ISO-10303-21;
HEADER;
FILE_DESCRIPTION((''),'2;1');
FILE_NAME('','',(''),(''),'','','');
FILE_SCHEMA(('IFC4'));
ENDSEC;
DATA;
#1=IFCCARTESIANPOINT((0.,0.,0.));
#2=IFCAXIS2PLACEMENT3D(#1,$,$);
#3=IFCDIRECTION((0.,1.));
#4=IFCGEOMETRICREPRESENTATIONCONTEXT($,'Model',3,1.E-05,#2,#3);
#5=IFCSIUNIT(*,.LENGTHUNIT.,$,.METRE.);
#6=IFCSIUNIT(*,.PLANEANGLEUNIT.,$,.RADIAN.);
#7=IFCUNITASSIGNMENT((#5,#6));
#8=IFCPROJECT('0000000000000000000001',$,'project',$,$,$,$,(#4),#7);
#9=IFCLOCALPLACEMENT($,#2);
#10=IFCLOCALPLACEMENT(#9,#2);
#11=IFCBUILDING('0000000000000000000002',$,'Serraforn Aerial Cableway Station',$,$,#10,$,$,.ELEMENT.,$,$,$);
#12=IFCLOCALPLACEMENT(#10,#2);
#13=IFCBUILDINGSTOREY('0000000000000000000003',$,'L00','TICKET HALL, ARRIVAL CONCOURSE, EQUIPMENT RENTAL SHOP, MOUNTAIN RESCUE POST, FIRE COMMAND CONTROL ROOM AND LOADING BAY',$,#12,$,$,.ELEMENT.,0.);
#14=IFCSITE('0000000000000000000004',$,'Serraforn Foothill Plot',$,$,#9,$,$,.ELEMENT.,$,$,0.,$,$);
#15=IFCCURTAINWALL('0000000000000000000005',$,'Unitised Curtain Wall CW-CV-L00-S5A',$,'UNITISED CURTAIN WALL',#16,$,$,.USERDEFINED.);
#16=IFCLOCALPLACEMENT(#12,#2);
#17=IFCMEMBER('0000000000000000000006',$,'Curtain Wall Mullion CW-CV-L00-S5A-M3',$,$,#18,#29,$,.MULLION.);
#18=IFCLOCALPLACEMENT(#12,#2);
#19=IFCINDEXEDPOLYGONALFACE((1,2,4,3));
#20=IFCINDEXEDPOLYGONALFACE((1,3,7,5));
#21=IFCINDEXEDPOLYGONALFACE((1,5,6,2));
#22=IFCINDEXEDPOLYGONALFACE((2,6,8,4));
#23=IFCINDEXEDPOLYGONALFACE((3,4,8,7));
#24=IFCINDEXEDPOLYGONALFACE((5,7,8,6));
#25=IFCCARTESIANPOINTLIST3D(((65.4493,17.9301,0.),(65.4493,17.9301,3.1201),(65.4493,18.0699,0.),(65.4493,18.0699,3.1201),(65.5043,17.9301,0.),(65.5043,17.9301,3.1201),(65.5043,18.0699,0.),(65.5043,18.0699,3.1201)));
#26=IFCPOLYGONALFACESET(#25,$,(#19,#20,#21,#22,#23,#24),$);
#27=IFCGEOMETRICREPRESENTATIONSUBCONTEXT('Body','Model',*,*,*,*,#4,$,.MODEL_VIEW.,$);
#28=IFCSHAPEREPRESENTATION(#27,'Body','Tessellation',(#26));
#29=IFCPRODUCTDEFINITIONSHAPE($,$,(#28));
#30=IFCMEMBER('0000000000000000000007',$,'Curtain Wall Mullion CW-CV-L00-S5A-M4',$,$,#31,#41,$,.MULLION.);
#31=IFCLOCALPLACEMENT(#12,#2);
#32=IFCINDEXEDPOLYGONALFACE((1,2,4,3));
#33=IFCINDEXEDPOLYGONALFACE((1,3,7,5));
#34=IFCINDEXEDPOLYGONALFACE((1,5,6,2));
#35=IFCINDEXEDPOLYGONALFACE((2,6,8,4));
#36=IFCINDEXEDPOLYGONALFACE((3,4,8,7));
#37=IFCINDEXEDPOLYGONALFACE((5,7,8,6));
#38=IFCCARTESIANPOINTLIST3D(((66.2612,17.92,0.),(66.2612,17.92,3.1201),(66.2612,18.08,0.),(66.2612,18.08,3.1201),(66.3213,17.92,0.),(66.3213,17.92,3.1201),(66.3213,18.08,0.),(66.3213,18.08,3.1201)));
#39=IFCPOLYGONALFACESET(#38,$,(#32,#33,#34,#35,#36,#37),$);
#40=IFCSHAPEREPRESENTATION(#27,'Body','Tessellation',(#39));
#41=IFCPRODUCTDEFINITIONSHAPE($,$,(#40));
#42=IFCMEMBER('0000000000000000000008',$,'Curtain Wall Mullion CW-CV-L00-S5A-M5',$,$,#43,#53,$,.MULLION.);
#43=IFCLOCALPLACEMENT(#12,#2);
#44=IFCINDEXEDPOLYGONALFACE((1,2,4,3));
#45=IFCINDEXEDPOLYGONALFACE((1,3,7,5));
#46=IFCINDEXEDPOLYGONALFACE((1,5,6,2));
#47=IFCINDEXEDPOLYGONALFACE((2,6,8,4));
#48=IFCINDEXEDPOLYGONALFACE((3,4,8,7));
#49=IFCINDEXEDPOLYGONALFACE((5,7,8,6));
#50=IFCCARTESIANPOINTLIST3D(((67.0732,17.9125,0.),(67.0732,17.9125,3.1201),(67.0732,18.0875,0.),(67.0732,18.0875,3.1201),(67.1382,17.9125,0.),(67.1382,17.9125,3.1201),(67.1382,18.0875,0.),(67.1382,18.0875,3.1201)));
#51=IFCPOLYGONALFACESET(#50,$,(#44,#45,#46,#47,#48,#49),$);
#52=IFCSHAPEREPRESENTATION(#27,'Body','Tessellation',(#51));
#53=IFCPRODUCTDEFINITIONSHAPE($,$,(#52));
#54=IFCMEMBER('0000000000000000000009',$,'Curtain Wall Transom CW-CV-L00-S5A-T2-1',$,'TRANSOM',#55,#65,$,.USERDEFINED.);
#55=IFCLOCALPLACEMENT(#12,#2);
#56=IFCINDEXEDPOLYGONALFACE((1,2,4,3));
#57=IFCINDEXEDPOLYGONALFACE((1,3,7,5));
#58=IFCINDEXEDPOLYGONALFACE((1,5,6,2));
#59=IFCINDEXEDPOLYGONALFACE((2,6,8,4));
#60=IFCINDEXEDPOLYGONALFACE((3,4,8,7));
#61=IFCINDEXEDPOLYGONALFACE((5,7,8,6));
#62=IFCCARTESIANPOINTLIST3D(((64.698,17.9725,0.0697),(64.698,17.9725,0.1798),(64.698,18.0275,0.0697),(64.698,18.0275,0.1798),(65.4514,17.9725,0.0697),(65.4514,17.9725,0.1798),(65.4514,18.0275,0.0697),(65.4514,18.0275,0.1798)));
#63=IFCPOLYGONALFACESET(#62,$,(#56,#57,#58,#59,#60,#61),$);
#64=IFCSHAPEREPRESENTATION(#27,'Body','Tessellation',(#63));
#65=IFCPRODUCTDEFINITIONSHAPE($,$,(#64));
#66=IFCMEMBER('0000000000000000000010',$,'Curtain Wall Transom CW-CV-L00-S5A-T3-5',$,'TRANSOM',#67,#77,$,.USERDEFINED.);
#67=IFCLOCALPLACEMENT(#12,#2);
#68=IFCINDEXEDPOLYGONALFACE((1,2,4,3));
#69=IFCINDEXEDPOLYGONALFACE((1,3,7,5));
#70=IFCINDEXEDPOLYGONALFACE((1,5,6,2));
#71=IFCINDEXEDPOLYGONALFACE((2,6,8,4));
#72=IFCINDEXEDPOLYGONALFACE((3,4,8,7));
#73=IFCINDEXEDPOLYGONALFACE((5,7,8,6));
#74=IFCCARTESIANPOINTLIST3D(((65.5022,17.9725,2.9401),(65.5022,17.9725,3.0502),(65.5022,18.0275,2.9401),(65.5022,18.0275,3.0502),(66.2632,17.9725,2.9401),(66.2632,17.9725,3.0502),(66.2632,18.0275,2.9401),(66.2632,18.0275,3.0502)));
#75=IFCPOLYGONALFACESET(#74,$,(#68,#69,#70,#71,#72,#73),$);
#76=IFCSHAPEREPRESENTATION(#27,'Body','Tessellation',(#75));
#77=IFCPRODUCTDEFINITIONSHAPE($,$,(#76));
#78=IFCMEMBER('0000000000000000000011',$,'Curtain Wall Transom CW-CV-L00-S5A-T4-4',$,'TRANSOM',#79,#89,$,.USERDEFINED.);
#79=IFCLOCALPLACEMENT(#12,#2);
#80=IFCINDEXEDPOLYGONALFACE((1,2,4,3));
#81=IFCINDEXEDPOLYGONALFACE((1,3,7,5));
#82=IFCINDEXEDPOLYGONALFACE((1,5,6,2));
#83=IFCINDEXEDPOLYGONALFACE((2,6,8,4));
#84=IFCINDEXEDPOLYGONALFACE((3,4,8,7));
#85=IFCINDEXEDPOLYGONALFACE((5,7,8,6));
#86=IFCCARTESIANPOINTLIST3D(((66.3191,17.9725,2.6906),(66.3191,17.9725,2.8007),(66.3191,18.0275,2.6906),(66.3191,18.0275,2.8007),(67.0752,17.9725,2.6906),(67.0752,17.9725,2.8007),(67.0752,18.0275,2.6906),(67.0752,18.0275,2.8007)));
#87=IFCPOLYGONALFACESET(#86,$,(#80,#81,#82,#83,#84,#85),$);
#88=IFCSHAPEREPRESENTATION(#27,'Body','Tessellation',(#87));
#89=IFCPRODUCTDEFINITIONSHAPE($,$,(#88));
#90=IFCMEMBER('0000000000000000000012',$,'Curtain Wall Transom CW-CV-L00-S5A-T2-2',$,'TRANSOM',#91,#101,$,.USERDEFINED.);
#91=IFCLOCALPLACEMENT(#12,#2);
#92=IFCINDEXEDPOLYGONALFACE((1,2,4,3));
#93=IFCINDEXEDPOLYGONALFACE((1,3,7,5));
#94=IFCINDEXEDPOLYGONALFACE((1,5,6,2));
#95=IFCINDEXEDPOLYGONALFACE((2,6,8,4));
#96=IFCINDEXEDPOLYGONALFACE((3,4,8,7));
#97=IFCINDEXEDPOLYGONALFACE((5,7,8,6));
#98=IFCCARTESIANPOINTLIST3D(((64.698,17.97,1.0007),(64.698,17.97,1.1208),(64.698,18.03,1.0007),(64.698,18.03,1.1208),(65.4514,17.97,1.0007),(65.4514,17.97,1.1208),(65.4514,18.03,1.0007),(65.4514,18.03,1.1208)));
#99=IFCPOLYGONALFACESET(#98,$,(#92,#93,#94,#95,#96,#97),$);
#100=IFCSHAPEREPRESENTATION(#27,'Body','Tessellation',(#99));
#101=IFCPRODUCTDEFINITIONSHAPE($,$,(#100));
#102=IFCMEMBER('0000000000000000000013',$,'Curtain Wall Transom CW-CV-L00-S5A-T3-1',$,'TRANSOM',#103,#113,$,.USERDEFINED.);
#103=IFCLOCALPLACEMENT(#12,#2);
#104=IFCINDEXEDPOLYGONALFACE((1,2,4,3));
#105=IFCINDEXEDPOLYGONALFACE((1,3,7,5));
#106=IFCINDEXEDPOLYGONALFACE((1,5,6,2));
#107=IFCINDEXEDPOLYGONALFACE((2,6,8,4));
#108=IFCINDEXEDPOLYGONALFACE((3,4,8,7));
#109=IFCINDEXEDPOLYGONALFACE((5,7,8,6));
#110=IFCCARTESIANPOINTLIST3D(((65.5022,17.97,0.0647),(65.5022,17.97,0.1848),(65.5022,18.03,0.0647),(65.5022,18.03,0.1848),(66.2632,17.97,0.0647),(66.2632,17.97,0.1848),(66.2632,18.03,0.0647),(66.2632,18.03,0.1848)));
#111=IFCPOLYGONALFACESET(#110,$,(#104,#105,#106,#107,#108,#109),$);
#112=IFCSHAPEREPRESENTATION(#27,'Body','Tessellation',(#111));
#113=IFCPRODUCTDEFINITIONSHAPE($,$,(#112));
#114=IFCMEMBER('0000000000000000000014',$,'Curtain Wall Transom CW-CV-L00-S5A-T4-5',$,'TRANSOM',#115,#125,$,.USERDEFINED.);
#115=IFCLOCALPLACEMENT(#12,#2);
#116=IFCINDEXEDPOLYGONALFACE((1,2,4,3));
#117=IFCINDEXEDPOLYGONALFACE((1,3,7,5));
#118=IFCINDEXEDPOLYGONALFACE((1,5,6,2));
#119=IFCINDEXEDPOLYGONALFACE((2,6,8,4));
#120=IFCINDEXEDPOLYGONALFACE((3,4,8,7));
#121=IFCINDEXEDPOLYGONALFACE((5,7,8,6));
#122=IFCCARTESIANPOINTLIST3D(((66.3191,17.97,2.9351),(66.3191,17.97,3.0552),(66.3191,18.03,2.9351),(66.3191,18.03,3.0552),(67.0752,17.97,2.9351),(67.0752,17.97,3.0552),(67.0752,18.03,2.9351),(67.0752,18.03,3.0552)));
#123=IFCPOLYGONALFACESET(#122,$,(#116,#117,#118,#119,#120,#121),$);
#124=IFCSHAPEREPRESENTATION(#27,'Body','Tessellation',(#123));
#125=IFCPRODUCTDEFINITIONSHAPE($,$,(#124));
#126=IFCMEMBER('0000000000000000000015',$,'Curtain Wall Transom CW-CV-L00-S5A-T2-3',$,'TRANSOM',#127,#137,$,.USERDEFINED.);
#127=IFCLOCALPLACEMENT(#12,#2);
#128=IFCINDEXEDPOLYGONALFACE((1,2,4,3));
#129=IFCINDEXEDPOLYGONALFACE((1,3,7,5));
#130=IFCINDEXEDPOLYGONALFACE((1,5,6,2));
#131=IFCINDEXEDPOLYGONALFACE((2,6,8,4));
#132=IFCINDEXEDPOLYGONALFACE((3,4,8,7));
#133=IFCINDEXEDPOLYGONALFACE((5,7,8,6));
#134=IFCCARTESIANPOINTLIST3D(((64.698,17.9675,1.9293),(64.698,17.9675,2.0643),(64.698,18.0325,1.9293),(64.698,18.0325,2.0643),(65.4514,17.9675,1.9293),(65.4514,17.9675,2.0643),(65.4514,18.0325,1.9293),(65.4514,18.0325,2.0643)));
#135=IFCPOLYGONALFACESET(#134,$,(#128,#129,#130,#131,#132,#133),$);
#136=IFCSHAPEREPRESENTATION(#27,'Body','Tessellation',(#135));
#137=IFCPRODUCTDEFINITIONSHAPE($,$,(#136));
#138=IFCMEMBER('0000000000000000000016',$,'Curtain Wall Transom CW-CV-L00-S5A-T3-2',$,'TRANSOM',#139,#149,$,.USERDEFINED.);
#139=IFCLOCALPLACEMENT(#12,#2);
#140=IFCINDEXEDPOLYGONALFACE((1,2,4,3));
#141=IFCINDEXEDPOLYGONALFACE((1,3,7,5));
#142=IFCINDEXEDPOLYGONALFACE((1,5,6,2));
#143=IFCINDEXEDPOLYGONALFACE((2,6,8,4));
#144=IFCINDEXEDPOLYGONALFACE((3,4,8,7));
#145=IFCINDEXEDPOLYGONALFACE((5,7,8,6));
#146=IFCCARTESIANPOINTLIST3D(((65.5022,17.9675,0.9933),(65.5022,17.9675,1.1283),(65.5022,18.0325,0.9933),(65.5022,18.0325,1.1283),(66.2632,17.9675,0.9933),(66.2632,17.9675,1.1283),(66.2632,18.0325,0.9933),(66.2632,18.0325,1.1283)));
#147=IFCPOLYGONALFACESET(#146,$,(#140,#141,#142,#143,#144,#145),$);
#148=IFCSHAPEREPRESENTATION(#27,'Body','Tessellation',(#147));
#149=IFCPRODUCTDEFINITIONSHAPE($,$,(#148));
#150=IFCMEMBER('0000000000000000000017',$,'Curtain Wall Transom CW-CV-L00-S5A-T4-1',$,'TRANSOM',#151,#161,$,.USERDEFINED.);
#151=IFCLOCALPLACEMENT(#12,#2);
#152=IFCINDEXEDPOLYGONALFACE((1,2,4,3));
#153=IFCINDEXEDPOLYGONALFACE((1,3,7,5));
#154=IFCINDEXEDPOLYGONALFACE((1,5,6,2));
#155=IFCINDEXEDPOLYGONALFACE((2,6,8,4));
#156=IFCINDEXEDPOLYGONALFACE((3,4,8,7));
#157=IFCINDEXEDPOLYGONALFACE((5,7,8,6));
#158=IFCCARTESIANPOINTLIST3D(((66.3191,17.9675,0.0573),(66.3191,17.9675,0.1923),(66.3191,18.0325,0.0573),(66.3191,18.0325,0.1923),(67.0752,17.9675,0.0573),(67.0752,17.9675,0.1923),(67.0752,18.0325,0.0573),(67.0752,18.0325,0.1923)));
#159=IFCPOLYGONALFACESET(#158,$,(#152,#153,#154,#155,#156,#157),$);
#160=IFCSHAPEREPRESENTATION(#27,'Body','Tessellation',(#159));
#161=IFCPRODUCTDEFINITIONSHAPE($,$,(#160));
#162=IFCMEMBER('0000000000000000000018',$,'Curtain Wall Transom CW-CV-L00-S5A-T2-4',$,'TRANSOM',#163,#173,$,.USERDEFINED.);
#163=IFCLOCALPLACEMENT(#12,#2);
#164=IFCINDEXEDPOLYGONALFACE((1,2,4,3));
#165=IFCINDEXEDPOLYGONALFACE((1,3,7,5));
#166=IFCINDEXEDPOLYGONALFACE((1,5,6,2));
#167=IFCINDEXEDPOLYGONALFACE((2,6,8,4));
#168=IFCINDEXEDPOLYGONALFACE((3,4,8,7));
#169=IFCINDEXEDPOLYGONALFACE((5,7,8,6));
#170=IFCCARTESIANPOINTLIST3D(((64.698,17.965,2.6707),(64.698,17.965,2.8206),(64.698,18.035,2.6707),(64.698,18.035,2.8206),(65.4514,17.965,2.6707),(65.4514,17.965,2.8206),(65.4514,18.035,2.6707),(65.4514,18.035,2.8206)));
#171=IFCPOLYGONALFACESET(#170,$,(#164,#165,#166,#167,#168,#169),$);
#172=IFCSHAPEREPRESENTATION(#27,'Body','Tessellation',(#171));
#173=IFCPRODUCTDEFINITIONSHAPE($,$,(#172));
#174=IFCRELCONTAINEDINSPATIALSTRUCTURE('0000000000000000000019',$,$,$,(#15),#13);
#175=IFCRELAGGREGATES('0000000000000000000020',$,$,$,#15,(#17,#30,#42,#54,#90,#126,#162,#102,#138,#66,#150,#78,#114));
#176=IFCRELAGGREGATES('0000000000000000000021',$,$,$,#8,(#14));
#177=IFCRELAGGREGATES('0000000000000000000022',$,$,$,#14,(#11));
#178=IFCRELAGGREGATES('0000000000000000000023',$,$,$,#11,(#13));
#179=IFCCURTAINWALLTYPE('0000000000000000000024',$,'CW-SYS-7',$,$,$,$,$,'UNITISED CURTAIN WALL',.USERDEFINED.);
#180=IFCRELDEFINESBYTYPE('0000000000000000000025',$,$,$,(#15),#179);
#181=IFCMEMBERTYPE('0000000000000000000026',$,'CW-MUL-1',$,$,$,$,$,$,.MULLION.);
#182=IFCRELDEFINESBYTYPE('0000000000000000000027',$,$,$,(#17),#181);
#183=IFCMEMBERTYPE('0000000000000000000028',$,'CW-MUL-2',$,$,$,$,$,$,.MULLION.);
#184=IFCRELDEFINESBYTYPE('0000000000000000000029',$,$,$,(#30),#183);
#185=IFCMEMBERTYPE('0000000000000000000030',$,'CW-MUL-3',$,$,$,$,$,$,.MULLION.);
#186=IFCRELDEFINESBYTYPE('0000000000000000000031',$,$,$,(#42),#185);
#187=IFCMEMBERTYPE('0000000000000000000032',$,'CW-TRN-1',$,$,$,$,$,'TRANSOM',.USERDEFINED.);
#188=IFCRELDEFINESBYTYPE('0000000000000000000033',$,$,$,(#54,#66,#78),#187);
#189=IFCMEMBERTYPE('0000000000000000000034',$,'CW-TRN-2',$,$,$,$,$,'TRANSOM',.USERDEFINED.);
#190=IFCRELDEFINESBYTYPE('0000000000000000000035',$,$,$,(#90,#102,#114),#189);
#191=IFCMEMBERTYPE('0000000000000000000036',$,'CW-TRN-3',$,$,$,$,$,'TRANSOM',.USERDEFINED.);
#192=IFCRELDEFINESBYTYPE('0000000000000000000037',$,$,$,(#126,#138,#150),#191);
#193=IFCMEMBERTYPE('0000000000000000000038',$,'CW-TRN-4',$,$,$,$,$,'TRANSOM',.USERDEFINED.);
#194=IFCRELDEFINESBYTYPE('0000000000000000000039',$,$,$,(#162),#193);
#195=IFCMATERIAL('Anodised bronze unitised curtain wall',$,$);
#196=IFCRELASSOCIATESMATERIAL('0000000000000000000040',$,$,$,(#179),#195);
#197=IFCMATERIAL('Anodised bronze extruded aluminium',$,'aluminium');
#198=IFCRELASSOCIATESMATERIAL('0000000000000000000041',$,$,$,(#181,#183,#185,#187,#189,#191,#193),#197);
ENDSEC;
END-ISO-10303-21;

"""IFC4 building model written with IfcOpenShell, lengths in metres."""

from ifc_helpers import new_model, si_unit, direction, frame, origin, origin_2d, place, context, subcontext, project, spatial, rectangle, extrude, material, material_profile, profile_set, type_object, element, aggregate, save


model = new_model("IFC4")

# Units and contexts
model_context = context("Model", 3, precision=1e-05, world=origin(), true_north=direction((0.0, 1.0)))
body_context = subcontext(model_context, "Body", "Model", "MODEL_VIEW")
ifc_project = project(units=[si_unit("LENGTHUNIT", "METRE"), si_unit("PLANEANGLEUNIT", "RADIAN")], contexts=[model_context])

# Site, building, storey
site_placement = place(None, origin())
site = spatial("IfcSite", under=ifc_project, at=site_placement, Name="Serraforn Foothill Plot", CompositionType="ELEMENT", RefElevation=0.0)
building_placement = place(site_placement, origin())
building = spatial("IfcBuilding", under=site, at=building_placement, Name="Serraforn Aerial Cableway Station", CompositionType="ELEMENT")
storey_placement = place(building_placement, origin())
storey = spatial("IfcBuildingStorey", under=building, at=storey_placement, Name="L00", Description="TICKET HALL, ARRIVAL CONCOURSE, EQUIPMENT RENTAL SHOP, MOUNTAIN RESCUE POST, FIRE COMMAND CONTROL ROOM AND LOADING BAY", CompositionType="ELEMENT", Elevation=0.0)

# Curtain wall, members
ifc_material_1 = material(Name="Anodised bronze unitised curtain wall")
curtain_wall_type = type_object("IfcCurtainWallType", Name="CW-SYS-7", ElementType="UNITISED CURTAIN WALL", PredefinedType="USERDEFINED", material=ifc_material_1)
curtain_wall_placement = place(storey_placement, origin())
curtain_wall = element("IfcCurtainWall", 1, at=curtain_wall_placement, inside=storey, type_object=curtain_wall_type, Name="Unitised Curtain Wall CW-CV-L00-S5A", ObjectType="UNITISED CURTAIN WALL", PredefinedType="USERDEFINED")
ifc_material_2 = material(Name="Anodised bronze extruded aluminium", Category="aluminium")
ifc_material_profile_1 = material_profile(ifc_material_2, rectangle(XDim=0.0549, YDim=0.1399, at=origin_2d()), Name="CW MULLION 55x140")
ifc_profile_set_1 = profile_set([ifc_material_profile_1], Name="Anodised bronze extruded aluminium")
member_type_1 = type_object("IfcMemberType", Name="CW-MUL-1", PredefinedType="MULLION", material=ifc_profile_set_1)
member_1_placement = place(storey_placement, frame((65.4768, 18.0, 0.0), z_axis=(0.0, 0.0, 1.0), x_axis=(1.0, 0.0, 0.0)))
member_1 = element("IfcMember", 2, at=member_1_placement, type_object=member_type_1, Name="Curtain Wall Mullion CW-CV-L00-S5A-M3", PredefinedType="MULLION", context=body_context, shape_type="SweptSolid", body=[
    extrude(rectangle(XDim=0.0549, YDim=0.1399, at=origin_2d()), origin(), (0.0, 0.0, 1.0), 3.1201),
])
ifc_material_profile_2 = material_profile(ifc_material_2, rectangle(XDim=0.0601, YDim=0.1599, at=origin_2d()), Name="CW MULLION 60x160")
ifc_profile_set_2 = profile_set([ifc_material_profile_2], Name="Anodised bronze extruded aluminium")
member_type_2 = type_object("IfcMemberType", Name="CW-MUL-2", PredefinedType="MULLION", material=ifc_profile_set_2)
member_2_placement = place(storey_placement, frame((66.2913, 18.0, 0.0), z_axis=(0.0, 0.0, 1.0), x_axis=(1.0, 0.0, 0.0)))
member_2 = element("IfcMember", 3, at=member_2_placement, type_object=member_type_2, Name="Curtain Wall Mullion CW-CV-L00-S5A-M4", PredefinedType="MULLION", context=body_context, shape_type="SweptSolid", body=[
    extrude(rectangle(XDim=0.0601, YDim=0.1599, at=origin_2d()), origin(), (0.0, 0.0, 1.0), 3.1201),
])
ifc_material_profile_3 = material_profile(ifc_material_2, rectangle(XDim=0.0649, YDim=0.175, at=origin_2d()), Name="CW MULLION 65x175")
ifc_profile_set_3 = profile_set([ifc_material_profile_3], Name="Anodised bronze extruded aluminium")
member_type_3 = type_object("IfcMemberType", Name="CW-MUL-3", PredefinedType="MULLION", material=ifc_profile_set_3)
member_3_placement = place(storey_placement, frame((67.1057, 18.0, 0.0), z_axis=(0.0, 0.0, 1.0), x_axis=(1.0, 0.0, 0.0)))
member_3 = element("IfcMember", 4, at=member_3_placement, type_object=member_type_3, Name="Curtain Wall Mullion CW-CV-L00-S5A-M5", PredefinedType="MULLION", context=body_context, shape_type="SweptSolid", body=[
    extrude(rectangle(XDim=0.0649, YDim=0.175, at=origin_2d()), origin(), (0.0, 0.0, 1.0), 3.1201),
])
ifc_material_profile_4 = material_profile(ifc_material_2, rectangle(XDim=0.0549, YDim=0.1101, at=origin_2d()), Name="CW TRANSOM 55x110")
ifc_profile_set_4 = profile_set([ifc_material_profile_4], Name="Anodised bronze extruded aluminium")
member_type_4 = type_object("IfcMemberType", Name="CW-TRN-1", ElementType="TRANSOM", PredefinedType="USERDEFINED", material=ifc_profile_set_4)
member_4_placement = place(storey_placement, frame((64.698, 18.0, 0.1248), z_axis=(1.0, 0.0, 0.0), x_axis=(0.0, 1.0, 0.0)))
member_4 = element("IfcMember", 5, at=member_4_placement, type_object=member_type_4, Name="Curtain Wall Transom CW-CV-L00-S5A-T2-1", ObjectType="TRANSOM", PredefinedType="USERDEFINED", context=body_context, shape_type="SweptSolid", body=[
    extrude(rectangle(XDim=0.0549, YDim=0.1101, at=origin_2d()), origin(), (0.0, 0.0, 1.0), 0.7534),
])
member_5_placement = place(storey_placement, frame((65.5022, 18.0, 2.9951), z_axis=(1.0, 0.0, 0.0), x_axis=(0.0, 1.0, 0.0)))
member_5 = element("IfcMember", 6, at=member_5_placement, type_object=member_type_4, Name="Curtain Wall Transom CW-CV-L00-S5A-T3-5", ObjectType="TRANSOM", PredefinedType="USERDEFINED", context=body_context, shape_type="SweptSolid", body=[
    extrude(rectangle(XDim=0.0549, YDim=0.1101, at=origin_2d()), origin(), (0.0, 0.0, 1.0), 0.761),
])
member_6_placement = place(storey_placement, frame((66.3191, 18.0, 2.7456), z_axis=(1.0, 0.0, 0.0), x_axis=(0.0, 1.0, 0.0)))
member_6 = element("IfcMember", 7, at=member_6_placement, type_object=member_type_4, Name="Curtain Wall Transom CW-CV-L00-S5A-T4-4", ObjectType="TRANSOM", PredefinedType="USERDEFINED", context=body_context, shape_type="SweptSolid", body=[
    extrude(rectangle(XDim=0.0549, YDim=0.1101, at=origin_2d()), origin(), (0.0, 0.0, 1.0), 0.7561),
])
ifc_material_profile_5 = material_profile(ifc_material_2, rectangle(XDim=0.0601, YDim=0.1201, at=origin_2d()), Name="CW TRANSOM 60x120")
ifc_profile_set_5 = profile_set([ifc_material_profile_5], Name="Anodised bronze extruded aluminium")
member_type_5 = type_object("IfcMemberType", Name="CW-TRN-2", ElementType="TRANSOM", PredefinedType="USERDEFINED", material=ifc_profile_set_5)
member_7_placement = place(storey_placement, frame((64.698, 18.0, 1.0608), z_axis=(1.0, 0.0, 0.0), x_axis=(0.0, 1.0, 0.0)))
member_7 = element("IfcMember", 8, at=member_7_placement, type_object=member_type_5, Name="Curtain Wall Transom CW-CV-L00-S5A-T2-2", ObjectType="TRANSOM", PredefinedType="USERDEFINED", context=body_context, shape_type="SweptSolid", body=[
    extrude(rectangle(XDim=0.0601, YDim=0.1201, at=origin_2d()), origin(), (0.0, 0.0, 1.0), 0.7534),
])
member_8_placement = place(storey_placement, frame((65.5022, 18.0, 0.1248), z_axis=(1.0, 0.0, 0.0), x_axis=(0.0, 1.0, 0.0)))
member_8 = element("IfcMember", 9, at=member_8_placement, type_object=member_type_5, Name="Curtain Wall Transom CW-CV-L00-S5A-T3-1", ObjectType="TRANSOM", PredefinedType="USERDEFINED", context=body_context, shape_type="SweptSolid", body=[
    extrude(rectangle(XDim=0.0601, YDim=0.1201, at=origin_2d()), origin(), (0.0, 0.0, 1.0), 0.761),
])
member_9_placement = place(storey_placement, frame((66.3191, 18.0, 2.9951), z_axis=(1.0, 0.0, 0.0), x_axis=(0.0, 1.0, 0.0)))
member_9 = element("IfcMember", 10, at=member_9_placement, type_object=member_type_5, Name="Curtain Wall Transom CW-CV-L00-S5A-T4-5", ObjectType="TRANSOM", PredefinedType="USERDEFINED", context=body_context, shape_type="SweptSolid", body=[
    extrude(rectangle(XDim=0.0601, YDim=0.1201, at=origin_2d()), origin(), (0.0, 0.0, 1.0), 0.7561),
])
ifc_material_profile_6 = material_profile(ifc_material_2, rectangle(XDim=0.0649, YDim=0.135, at=origin_2d()), Name="CW TRANSOM 65x135")
ifc_profile_set_6 = profile_set([ifc_material_profile_6], Name="Anodised bronze extruded aluminium")
member_type_6 = type_object("IfcMemberType", Name="CW-TRN-3", ElementType="TRANSOM", PredefinedType="USERDEFINED", material=ifc_profile_set_6)
member_10_placement = place(storey_placement, frame((64.698, 18.0, 1.9968), z_axis=(1.0, 0.0, 0.0), x_axis=(0.0, 1.0, 0.0)))
member_10 = element("IfcMember", 11, at=member_10_placement, type_object=member_type_6, Name="Curtain Wall Transom CW-CV-L00-S5A-T2-3", ObjectType="TRANSOM", PredefinedType="USERDEFINED", context=body_context, shape_type="SweptSolid", body=[
    extrude(rectangle(XDim=0.0649, YDim=0.135, at=origin_2d()), origin(), (0.0, 0.0, 1.0), 0.7534),
])
member_11_placement = place(storey_placement, frame((65.5022, 18.0, 1.0608), z_axis=(1.0, 0.0, 0.0), x_axis=(0.0, 1.0, 0.0)))
member_11 = element("IfcMember", 12, at=member_11_placement, type_object=member_type_6, Name="Curtain Wall Transom CW-CV-L00-S5A-T3-2", ObjectType="TRANSOM", PredefinedType="USERDEFINED", context=body_context, shape_type="SweptSolid", body=[
    extrude(rectangle(XDim=0.0649, YDim=0.135, at=origin_2d()), origin(), (0.0, 0.0, 1.0), 0.761),
])
member_12_placement = place(storey_placement, frame((66.3191, 18.0, 0.1248), z_axis=(1.0, 0.0, 0.0), x_axis=(0.0, 1.0, 0.0)))
member_12 = element("IfcMember", 13, at=member_12_placement, type_object=member_type_6, Name="Curtain Wall Transom CW-CV-L00-S5A-T4-1", ObjectType="TRANSOM", PredefinedType="USERDEFINED", context=body_context, shape_type="SweptSolid", body=[
    extrude(rectangle(XDim=0.0649, YDim=0.135, at=origin_2d()), origin(), (0.0, 0.0, 1.0), 0.7561),
])
ifc_material_profile_7 = material_profile(ifc_material_2, rectangle(XDim=0.0701, YDim=0.1499, at=origin_2d()), Name="CW TRANSOM 70x150")
ifc_profile_set_7 = profile_set([ifc_material_profile_7], Name="Anodised bronze extruded aluminium")
member_type_7 = type_object("IfcMemberType", Name="CW-TRN-4", ElementType="TRANSOM", PredefinedType="USERDEFINED", material=ifc_profile_set_7)
member_13_placement = place(storey_placement, frame((64.698, 18.0, 2.7456), z_axis=(1.0, 0.0, 0.0), x_axis=(0.0, 1.0, 0.0)))
member_13 = element("IfcMember", 14, at=member_13_placement, type_object=member_type_7, Name="Curtain Wall Transom CW-CV-L00-S5A-T2-4", ObjectType="TRANSOM", PredefinedType="USERDEFINED", context=body_context, shape_type="SweptSolid", body=[
    extrude(rectangle(XDim=0.0701, YDim=0.1499, at=origin_2d()), origin(), (0.0, 0.0, 1.0), 0.7534),
])
aggregate(curtain_wall, [member_1, member_2, member_3, member_4, member_7, member_10, member_13, member_8, member_11, member_5, member_12, member_6, member_9])

save(model, "model.ifc")
